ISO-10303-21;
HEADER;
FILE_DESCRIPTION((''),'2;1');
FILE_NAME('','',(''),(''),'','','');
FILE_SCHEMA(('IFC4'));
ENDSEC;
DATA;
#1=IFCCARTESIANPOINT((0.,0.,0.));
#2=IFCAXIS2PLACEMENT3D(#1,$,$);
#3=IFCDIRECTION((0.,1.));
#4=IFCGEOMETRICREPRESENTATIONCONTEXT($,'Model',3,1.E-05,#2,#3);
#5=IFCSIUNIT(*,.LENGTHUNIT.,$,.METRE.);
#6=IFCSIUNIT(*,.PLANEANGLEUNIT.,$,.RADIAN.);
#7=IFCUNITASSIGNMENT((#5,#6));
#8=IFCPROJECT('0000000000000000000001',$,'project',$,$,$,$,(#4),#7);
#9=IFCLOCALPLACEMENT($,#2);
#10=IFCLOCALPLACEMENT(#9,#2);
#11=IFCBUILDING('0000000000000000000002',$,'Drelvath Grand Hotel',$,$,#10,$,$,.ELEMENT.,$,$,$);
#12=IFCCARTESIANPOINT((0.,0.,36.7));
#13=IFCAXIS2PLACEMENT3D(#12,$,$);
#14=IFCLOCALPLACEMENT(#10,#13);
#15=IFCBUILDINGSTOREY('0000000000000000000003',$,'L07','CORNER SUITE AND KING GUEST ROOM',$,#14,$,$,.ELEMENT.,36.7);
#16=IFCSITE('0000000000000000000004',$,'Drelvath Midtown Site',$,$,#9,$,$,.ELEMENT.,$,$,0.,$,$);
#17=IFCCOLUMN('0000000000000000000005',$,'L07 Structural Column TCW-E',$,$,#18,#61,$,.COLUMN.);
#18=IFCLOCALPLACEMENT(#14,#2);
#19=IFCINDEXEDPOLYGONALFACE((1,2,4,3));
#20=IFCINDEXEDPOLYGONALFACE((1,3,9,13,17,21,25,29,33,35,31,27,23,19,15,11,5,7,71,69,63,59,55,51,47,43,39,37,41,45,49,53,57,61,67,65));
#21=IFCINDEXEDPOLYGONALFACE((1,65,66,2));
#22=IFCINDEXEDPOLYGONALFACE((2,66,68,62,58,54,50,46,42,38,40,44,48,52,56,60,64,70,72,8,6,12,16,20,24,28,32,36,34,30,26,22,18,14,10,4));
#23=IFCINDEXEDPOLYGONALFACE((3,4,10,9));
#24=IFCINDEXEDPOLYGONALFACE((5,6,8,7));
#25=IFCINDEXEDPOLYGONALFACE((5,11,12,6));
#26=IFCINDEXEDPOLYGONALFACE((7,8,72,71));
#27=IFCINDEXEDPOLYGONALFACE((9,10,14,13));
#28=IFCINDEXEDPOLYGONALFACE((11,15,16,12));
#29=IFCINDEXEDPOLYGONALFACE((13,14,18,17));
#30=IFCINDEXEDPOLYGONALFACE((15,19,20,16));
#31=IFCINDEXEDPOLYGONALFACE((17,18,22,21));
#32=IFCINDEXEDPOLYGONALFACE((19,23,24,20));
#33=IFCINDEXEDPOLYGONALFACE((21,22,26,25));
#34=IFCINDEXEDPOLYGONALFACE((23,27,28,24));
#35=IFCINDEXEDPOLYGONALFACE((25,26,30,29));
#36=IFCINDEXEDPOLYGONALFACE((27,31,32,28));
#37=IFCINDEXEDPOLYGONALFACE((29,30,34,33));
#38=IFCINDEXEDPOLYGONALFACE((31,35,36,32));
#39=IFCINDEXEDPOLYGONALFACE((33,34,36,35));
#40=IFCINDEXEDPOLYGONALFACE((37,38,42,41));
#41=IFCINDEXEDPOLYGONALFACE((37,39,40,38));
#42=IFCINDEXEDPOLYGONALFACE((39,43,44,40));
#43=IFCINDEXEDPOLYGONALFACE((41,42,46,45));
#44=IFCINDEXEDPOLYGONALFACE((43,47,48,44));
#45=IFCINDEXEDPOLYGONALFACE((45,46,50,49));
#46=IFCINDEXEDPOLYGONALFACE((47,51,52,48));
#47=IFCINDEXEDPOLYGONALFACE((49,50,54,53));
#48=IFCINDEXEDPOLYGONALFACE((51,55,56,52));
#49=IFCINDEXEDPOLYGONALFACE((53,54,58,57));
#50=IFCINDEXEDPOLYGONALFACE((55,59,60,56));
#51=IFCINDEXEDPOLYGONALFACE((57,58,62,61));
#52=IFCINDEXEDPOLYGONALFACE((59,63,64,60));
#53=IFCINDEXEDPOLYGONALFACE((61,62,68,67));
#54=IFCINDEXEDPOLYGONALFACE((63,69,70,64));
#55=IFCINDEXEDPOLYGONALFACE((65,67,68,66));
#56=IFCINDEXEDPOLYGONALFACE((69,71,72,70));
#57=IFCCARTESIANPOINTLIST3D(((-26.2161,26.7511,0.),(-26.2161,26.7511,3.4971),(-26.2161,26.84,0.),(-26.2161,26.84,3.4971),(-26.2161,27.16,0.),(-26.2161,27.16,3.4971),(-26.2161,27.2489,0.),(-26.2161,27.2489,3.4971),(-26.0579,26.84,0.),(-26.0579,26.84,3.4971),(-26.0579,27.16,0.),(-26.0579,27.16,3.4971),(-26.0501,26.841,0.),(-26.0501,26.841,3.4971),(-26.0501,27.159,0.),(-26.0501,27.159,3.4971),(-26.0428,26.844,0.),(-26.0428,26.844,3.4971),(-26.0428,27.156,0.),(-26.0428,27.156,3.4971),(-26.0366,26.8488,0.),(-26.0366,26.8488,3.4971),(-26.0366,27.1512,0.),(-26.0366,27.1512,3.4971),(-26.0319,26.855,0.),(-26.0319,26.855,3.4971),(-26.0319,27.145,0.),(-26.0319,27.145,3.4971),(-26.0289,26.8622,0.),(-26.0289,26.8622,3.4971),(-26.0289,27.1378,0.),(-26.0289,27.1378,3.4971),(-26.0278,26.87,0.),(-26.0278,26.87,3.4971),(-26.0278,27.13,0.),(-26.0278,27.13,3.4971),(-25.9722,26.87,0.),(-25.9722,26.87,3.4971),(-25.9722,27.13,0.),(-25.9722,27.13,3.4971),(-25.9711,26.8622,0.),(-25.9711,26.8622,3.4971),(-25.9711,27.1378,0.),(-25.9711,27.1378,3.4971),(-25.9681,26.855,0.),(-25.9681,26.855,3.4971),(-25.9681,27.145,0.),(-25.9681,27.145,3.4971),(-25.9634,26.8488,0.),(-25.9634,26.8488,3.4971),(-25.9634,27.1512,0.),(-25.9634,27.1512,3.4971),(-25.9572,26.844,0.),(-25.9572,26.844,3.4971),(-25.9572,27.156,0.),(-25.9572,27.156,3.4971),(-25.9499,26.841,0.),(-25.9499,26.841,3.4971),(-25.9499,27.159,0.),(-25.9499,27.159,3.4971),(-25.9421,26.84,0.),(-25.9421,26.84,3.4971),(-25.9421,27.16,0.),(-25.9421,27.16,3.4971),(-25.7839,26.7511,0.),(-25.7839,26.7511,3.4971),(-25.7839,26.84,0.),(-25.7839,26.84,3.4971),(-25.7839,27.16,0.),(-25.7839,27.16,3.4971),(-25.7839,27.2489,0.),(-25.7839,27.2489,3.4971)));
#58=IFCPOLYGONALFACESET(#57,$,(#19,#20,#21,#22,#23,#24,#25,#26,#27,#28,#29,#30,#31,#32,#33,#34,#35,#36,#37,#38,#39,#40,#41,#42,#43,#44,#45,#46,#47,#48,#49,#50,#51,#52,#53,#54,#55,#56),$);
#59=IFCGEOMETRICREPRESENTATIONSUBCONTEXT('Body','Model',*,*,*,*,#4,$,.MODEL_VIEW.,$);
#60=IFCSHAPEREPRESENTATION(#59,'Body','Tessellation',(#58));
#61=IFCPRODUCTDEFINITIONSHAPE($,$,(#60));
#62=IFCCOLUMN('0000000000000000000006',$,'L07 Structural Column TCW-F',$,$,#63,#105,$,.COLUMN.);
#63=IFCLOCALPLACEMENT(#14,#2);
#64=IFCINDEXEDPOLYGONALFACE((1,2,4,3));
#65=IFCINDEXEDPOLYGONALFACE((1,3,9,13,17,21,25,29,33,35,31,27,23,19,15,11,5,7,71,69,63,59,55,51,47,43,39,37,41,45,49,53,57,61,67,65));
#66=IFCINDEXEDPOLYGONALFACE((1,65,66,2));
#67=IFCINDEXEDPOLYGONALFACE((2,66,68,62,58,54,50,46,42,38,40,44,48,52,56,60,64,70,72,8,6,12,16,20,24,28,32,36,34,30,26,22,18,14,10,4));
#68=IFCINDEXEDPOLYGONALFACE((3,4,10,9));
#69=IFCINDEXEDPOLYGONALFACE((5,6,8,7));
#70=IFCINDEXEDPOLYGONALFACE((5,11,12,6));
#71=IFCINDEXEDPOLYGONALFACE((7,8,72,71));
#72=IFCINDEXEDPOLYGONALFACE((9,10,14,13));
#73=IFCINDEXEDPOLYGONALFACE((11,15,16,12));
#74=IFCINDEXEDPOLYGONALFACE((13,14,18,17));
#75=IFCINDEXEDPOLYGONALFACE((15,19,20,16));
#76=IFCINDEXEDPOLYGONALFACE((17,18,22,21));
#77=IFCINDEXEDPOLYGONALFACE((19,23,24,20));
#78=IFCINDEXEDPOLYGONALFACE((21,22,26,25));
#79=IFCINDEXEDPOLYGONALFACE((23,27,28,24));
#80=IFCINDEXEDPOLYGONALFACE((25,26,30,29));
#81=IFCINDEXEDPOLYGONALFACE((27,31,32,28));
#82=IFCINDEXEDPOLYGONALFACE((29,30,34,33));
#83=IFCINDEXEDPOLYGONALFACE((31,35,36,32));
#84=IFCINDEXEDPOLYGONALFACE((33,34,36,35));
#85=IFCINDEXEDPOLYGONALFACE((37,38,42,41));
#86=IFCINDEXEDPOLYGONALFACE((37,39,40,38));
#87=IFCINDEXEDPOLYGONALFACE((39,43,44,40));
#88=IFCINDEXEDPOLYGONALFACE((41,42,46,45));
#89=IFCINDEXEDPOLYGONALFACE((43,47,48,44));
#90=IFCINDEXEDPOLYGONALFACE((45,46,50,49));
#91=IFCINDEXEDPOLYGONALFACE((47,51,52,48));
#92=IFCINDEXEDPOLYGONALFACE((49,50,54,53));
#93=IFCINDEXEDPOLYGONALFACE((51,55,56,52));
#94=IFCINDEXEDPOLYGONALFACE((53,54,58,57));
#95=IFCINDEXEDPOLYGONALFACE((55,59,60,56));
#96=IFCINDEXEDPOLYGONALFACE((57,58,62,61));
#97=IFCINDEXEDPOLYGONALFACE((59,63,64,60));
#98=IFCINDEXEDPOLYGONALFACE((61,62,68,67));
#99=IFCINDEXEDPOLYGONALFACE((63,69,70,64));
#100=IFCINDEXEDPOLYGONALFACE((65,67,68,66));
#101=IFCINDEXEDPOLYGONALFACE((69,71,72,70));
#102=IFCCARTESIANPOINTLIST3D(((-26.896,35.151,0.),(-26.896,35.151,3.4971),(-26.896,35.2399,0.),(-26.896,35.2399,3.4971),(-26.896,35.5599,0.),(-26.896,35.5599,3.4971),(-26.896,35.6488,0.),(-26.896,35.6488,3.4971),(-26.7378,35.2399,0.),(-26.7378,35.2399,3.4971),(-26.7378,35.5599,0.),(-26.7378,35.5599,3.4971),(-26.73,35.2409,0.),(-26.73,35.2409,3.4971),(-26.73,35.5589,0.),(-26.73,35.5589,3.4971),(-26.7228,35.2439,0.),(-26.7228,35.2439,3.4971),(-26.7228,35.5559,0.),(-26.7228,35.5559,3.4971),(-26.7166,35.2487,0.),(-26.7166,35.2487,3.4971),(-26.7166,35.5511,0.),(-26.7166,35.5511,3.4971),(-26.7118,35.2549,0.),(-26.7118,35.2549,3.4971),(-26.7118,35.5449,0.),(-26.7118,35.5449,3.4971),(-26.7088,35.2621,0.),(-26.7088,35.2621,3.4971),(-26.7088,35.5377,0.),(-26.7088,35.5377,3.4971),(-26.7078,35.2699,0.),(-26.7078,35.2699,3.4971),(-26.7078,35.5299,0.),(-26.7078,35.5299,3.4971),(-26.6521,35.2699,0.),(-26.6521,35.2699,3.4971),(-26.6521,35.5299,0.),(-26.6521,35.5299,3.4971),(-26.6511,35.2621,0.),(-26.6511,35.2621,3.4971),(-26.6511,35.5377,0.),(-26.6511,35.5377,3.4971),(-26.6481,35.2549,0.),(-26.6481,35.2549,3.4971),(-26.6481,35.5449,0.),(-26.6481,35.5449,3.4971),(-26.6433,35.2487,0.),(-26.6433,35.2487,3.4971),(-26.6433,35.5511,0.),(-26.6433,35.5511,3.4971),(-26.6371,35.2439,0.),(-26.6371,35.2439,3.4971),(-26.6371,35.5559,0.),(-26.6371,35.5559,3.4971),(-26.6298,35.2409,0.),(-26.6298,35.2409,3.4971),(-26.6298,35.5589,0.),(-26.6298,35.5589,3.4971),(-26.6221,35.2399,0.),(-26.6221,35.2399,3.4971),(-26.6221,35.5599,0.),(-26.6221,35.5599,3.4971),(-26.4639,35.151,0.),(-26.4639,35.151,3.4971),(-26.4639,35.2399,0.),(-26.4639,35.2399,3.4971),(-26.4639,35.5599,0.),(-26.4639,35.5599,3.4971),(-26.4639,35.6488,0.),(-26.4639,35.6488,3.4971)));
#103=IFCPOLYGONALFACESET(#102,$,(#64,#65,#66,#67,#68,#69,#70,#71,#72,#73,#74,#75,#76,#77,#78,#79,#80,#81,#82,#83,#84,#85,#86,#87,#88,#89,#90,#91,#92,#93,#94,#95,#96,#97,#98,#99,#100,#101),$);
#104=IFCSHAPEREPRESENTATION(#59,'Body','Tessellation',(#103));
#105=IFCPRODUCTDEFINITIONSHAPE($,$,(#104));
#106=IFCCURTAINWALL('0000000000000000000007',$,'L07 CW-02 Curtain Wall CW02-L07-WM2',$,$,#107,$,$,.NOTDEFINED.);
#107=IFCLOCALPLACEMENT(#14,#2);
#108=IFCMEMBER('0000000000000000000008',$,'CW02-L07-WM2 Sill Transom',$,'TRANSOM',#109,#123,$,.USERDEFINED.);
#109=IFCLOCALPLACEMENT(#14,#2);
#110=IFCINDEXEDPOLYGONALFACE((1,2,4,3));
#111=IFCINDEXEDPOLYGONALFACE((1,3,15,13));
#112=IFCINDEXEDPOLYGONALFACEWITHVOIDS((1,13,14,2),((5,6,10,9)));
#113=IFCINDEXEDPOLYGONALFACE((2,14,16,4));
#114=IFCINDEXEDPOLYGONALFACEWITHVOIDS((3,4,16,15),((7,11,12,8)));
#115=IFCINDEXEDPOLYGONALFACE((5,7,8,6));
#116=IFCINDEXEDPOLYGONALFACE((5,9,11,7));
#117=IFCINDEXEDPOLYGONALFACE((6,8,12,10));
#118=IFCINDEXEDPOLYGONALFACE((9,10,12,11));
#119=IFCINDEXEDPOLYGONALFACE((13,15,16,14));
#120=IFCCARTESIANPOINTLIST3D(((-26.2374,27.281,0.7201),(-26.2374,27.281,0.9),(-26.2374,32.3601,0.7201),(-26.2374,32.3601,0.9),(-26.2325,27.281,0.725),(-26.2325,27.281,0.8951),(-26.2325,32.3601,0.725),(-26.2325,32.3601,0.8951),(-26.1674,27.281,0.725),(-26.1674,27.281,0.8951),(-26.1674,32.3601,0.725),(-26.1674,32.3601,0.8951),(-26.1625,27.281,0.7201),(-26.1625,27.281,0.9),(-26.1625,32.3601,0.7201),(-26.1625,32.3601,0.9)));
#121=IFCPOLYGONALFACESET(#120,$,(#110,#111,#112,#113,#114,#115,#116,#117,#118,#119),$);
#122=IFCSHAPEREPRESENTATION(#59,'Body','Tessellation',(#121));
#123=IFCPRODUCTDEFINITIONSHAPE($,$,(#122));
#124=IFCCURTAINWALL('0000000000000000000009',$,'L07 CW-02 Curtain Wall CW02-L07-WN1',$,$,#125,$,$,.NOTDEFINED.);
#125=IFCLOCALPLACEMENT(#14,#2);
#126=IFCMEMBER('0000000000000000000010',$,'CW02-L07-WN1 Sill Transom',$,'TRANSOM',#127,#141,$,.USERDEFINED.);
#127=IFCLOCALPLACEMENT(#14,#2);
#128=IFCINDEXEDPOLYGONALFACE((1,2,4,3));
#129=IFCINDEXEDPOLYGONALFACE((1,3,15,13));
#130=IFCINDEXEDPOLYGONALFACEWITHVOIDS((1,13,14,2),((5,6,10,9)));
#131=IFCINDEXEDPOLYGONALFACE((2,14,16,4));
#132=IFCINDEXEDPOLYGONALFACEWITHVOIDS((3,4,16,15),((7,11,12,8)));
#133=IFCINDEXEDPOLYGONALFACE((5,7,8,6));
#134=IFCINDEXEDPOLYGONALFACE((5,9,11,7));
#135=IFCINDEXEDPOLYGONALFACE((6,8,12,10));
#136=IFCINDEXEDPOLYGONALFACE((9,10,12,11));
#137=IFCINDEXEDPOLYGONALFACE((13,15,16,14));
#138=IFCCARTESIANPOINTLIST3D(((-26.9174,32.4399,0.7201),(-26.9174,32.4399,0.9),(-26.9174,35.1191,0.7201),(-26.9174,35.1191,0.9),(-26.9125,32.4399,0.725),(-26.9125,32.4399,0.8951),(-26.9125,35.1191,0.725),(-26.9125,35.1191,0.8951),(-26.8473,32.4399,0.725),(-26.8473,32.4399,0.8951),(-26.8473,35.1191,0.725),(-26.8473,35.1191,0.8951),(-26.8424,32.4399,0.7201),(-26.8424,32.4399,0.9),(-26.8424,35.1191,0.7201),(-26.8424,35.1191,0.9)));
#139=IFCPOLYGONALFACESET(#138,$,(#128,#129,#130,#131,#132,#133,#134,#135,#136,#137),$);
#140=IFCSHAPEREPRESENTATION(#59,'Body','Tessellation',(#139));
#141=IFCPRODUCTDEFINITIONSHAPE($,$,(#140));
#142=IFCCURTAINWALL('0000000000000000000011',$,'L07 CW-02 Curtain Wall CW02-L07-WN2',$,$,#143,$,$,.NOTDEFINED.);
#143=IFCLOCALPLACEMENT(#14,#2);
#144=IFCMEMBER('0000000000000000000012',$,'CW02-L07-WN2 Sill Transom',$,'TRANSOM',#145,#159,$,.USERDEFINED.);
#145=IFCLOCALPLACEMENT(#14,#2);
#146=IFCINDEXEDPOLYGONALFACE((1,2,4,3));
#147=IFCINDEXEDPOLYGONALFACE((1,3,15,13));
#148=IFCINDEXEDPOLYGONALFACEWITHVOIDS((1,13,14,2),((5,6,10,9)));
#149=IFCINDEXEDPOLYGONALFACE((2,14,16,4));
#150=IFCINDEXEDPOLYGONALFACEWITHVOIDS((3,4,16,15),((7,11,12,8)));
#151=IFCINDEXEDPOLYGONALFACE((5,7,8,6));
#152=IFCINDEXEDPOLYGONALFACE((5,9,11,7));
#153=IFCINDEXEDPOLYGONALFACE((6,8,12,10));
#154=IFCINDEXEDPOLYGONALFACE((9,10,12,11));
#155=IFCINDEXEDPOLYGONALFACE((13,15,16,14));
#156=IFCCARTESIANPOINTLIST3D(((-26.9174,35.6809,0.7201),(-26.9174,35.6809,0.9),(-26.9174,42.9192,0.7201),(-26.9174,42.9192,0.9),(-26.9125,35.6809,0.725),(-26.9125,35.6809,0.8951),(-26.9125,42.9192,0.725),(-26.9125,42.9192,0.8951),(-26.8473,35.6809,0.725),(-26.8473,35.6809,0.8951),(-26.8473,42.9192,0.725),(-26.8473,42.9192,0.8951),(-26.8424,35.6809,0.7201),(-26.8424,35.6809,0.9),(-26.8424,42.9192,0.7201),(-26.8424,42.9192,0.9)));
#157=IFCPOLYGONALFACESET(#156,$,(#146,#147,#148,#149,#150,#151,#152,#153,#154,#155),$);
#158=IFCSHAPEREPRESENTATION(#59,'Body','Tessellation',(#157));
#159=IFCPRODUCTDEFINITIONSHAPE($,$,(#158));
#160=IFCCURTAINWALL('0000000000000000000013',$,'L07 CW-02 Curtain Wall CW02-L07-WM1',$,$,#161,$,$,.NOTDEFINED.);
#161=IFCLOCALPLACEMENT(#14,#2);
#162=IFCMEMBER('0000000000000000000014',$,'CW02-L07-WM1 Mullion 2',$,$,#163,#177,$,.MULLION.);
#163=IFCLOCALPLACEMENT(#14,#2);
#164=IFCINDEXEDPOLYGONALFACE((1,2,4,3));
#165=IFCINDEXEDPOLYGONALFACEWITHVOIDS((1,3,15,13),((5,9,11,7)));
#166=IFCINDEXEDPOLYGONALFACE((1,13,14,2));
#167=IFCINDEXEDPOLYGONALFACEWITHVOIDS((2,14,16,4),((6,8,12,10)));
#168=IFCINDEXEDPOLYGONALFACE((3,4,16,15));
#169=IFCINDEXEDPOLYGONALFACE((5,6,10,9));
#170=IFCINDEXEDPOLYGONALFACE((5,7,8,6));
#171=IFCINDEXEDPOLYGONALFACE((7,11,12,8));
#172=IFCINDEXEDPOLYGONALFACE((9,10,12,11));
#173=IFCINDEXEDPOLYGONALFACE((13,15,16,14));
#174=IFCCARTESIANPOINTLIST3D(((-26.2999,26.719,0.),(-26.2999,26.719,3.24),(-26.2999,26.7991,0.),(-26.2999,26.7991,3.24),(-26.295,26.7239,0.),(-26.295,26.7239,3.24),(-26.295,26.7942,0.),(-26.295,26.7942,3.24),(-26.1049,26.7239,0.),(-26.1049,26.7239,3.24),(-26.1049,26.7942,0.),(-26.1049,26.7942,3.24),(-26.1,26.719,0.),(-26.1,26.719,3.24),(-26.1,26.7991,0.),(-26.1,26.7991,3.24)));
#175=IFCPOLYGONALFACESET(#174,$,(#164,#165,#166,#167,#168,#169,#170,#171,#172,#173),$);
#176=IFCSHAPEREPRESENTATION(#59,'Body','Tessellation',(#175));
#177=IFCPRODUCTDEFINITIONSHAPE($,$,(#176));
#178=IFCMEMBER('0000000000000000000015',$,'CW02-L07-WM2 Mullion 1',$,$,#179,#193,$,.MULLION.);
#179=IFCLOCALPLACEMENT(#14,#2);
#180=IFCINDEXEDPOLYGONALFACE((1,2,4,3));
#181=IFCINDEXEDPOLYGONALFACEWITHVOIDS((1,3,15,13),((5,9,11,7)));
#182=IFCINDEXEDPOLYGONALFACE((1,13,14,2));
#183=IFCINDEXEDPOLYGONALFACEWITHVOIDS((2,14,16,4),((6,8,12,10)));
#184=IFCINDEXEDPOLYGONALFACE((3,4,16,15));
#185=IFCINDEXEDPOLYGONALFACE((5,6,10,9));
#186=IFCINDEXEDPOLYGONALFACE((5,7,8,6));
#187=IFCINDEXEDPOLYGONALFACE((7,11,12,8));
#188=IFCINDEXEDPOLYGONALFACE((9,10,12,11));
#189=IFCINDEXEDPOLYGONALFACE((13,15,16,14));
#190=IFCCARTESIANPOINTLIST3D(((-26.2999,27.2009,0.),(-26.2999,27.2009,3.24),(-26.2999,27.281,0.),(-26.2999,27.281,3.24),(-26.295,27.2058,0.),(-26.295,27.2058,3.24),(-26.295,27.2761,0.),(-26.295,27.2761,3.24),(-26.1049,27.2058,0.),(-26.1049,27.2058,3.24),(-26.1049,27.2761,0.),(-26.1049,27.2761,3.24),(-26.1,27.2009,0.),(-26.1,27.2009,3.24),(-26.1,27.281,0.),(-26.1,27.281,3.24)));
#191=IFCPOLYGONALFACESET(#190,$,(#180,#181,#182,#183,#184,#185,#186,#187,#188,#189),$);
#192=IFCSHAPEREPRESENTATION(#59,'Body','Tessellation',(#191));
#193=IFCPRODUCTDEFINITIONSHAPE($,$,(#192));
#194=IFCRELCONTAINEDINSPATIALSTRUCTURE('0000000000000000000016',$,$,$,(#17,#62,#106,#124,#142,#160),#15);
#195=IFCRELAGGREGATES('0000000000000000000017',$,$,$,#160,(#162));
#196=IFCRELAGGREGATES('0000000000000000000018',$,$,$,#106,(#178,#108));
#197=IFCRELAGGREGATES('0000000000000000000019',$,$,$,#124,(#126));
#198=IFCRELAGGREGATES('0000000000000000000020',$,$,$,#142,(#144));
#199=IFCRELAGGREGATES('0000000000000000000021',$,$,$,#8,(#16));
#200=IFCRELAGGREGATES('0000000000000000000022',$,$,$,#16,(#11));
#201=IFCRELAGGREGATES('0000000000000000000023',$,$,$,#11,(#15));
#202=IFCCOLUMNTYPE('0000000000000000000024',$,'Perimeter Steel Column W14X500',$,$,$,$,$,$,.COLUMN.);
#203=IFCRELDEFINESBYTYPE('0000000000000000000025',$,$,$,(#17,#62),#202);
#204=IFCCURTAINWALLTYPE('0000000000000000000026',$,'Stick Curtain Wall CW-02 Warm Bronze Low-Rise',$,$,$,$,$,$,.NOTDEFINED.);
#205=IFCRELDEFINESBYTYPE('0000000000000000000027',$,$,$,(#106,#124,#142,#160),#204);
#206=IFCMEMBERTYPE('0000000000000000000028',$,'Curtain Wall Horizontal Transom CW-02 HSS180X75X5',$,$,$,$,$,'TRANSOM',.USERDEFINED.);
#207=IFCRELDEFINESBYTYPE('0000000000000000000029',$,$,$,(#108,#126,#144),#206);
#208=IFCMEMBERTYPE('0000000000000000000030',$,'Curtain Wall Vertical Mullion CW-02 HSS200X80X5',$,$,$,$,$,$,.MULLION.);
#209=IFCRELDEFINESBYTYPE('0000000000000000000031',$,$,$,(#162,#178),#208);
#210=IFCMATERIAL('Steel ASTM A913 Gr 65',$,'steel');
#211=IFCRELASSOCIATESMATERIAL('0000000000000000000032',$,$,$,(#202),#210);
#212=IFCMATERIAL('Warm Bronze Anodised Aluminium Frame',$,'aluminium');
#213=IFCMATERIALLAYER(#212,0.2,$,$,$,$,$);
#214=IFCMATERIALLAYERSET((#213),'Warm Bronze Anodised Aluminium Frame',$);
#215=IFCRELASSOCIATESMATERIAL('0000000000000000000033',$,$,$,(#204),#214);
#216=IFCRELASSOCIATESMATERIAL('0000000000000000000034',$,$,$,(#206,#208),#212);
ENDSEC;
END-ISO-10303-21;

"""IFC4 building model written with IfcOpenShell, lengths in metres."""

from ifc_helpers import new_model, si_unit, direction, frame, origin, origin_2d, place, context, subcontext, project, spatial, hollow_rectangle, i_section, extrude, material, layer, layer_set, material_profile, profile_set, type_object, element, aggregate, save


model = new_model("IFC4")

# Units and contexts
model_context = context("Model", 3, precision=1e-05, world=origin(), true_north=direction((0.0, 1.0)))
body_context = subcontext(model_context, "Body", "Model", "MODEL_VIEW")
ifc_project = project(units=[si_unit("LENGTHUNIT", "METRE"), si_unit("PLANEANGLEUNIT", "RADIAN")], contexts=[model_context])

# Site, building, storey
site_placement = place(None, origin())
site = spatial("IfcSite", under=ifc_project, at=site_placement, Name="Drelvath Midtown Site", CompositionType="ELEMENT", RefElevation=0.0)
building_placement = place(site_placement, origin())
building = spatial("IfcBuilding", under=site, at=building_placement, Name="Drelvath Grand Hotel", CompositionType="ELEMENT")
storey_placement = place(building_placement, frame((0.0, 0.0, 36.7)))
storey = spatial("IfcBuildingStorey", under=building, at=storey_placement, Name="L07", Description="CORNER SUITE AND KING GUEST ROOM", CompositionType="ELEMENT", Elevation=36.7)

# Columns
ifc_material_1 = material(Name="Steel ASTM A913 Gr 65", Category="steel")
ifc_material_profile_1 = material_profile(ifc_material_1, i_section(OverallWidth=0.4321, OverallDepth=0.4978, WebThickness=0.0557, FlangeThickness=0.0889, FilletRadius=0.03, at=origin_2d()), Name="W14X500")
ifc_profile_set_1 = profile_set([ifc_material_profile_1], Name="Steel ASTM A913 Gr 65")
column_type = type_object("IfcColumnType", Name="Perimeter Steel Column W14X500", PredefinedType="COLUMN", material=ifc_profile_set_1)
for number, where, z_axis, x_axis, name in (
    (1, (-26.0, 27.0, 0.0), (0.0, 0.0, 1.0), (1.0, 0.0, 0.0), "L07 Structural Column TCW-E"),
    (2, (-26.6799, 35.3999, 0.0), (0.0, 0.0, 1.0), (1.0, 0.0, 0.0), "L07 Structural Column TCW-F"),
):
    element("IfcColumn", number, at=place(storey_placement, frame(where, z_axis=z_axis, x_axis=x_axis)), inside=storey, type_object=column_type, Name=name, PredefinedType="COLUMN", context=body_context, shape_type="SweptSolid", body=[
        extrude(i_section(OverallWidth=0.4321, OverallDepth=0.4978, WebThickness=0.0557, FlangeThickness=0.0889, FilletRadius=0.03, at=origin_2d()), origin(), (0.0, 0.0, 1.0), 3.4971),
    ])

# Curtain walls, members
ifc_material_2 = material(Name="Warm Bronze Anodised Aluminium Frame", Category="aluminium")
ifc_layer_1 = layer(ifc_material_2, 0.2)
ifc_layer_set_1 = layer_set([ifc_layer_1], Name="Warm Bronze Anodised Aluminium Frame")
curtain_wall_type = type_object("IfcCurtainWallType", Name="Stick Curtain Wall CW-02 Warm Bronze Low-Rise", PredefinedType="NOTDEFINED", material=ifc_layer_set_1)
curtain_wall_1_placement = place(storey_placement, origin())
curtain_wall_1 = element("IfcCurtainWall", 3, at=curtain_wall_1_placement, inside=storey, type_object=curtain_wall_type, Name="L07 CW-02 Curtain Wall CW02-L07-WM2", PredefinedType="NOTDEFINED")
ifc_material_profile_2 = material_profile(ifc_material_2, hollow_rectangle(XDim=0.075, YDim=0.1799, WallThickness=0.0049, at=origin_2d()), Name="HSS180X75X5")
ifc_profile_set_2 = profile_set([ifc_material_profile_2], Name="Warm Bronze Anodised Aluminium Frame")
member_type_1 = type_object("IfcMemberType", Name="Curtain Wall Horizontal Transom CW-02 HSS180X75X5", ElementType="TRANSOM", PredefinedType="USERDEFINED", material=ifc_profile_set_2)
member_1_placement = place(storey_placement, frame((-26.2, 27.281, 0.8101), z_axis=(0.0, 1.0, 0.0), x_axis=(-1.0, 0.0, 0.0)))
member_1 = element("IfcMember", 4, at=member_1_placement, type_object=member_type_1, Name="CW02-L07-WM2 Sill Transom", ObjectType="TRANSOM", PredefinedType="USERDEFINED", context=body_context, shape_type="SweptSolid", body=[
    extrude(hollow_rectangle(XDim=0.075, YDim=0.1799, WallThickness=0.0049, at=origin_2d()), origin(), (0.0, 0.0, 1.0), 5.0791),
])
curtain_wall_2_placement = place(storey_placement, origin())
curtain_wall_2 = element("IfcCurtainWall", 5, at=curtain_wall_2_placement, inside=storey, type_object=curtain_wall_type, Name="L07 CW-02 Curtain Wall CW02-L07-WN1", PredefinedType="NOTDEFINED")
member_2_placement = place(storey_placement, frame((-26.8799, 32.4399, 0.8101), z_axis=(0.0, 1.0, 0.0), x_axis=(-1.0, 0.0, 0.0)))
member_2 = element("IfcMember", 6, at=member_2_placement, type_object=member_type_1, Name="CW02-L07-WN1 Sill Transom", ObjectType="TRANSOM", PredefinedType="USERDEFINED", context=body_context, shape_type="SweptSolid", body=[
    extrude(hollow_rectangle(XDim=0.075, YDim=0.1799, WallThickness=0.0049, at=origin_2d()), origin(), (0.0, 0.0, 1.0), 2.6792),
])
curtain_wall_3_placement = place(storey_placement, origin())
curtain_wall_3 = element("IfcCurtainWall", 7, at=curtain_wall_3_placement, inside=storey, type_object=curtain_wall_type, Name="L07 CW-02 Curtain Wall CW02-L07-WN2", PredefinedType="NOTDEFINED")
member_3_placement = place(storey_placement, frame((-26.8799, 35.6809, 0.8101), z_axis=(0.0, 1.0, 0.0), x_axis=(-1.0, 0.0, 0.0)))
member_3 = element("IfcMember", 8, at=member_3_placement, type_object=member_type_1, Name="CW02-L07-WN2 Sill Transom", ObjectType="TRANSOM", PredefinedType="USERDEFINED", context=body_context, shape_type="SweptSolid", body=[
    extrude(hollow_rectangle(XDim=0.075, YDim=0.1799, WallThickness=0.0049, at=origin_2d()), origin(), (0.0, 0.0, 1.0), 7.2383),
])
curtain_wall_4_placement = place(storey_placement, origin())
curtain_wall_4 = element("IfcCurtainWall", 9, at=curtain_wall_4_placement, inside=storey, type_object=curtain_wall_type, Name="L07 CW-02 Curtain Wall CW02-L07-WM1", PredefinedType="NOTDEFINED")
ifc_material_profile_3 = material_profile(ifc_material_2, hollow_rectangle(XDim=0.0801, YDim=0.2, WallThickness=0.0049, at=origin_2d()), Name="HSS200X80X5")
ifc_profile_set_3 = profile_set([ifc_material_profile_3], Name="Warm Bronze Anodised Aluminium Frame")
member_type_2 = type_object("IfcMemberType", Name="Curtain Wall Vertical Mullion CW-02 HSS200X80X5", PredefinedType="MULLION", material=ifc_profile_set_3)
member_4_placement = place(storey_placement, frame((-26.2, 26.759, 0.0), z_axis=(0.0, 0.0, 1.0), x_axis=(0.0, 1.0, 0.0)))
member_4 = element("IfcMember", 10, at=member_4_placement, type_object=member_type_2, Name="CW02-L07-WM1 Mullion 2", PredefinedType="MULLION", context=body_context, shape_type="SweptSolid", body=[
    extrude(hollow_rectangle(XDim=0.0801, YDim=0.2, WallThickness=0.0049, at=origin_2d()), origin(), (0.0, 0.0, 1.0), 3.24),
])
aggregate(curtain_wall_4, [member_4])

# Member
member_5_placement = place(storey_placement, frame((-26.2, 27.241, 0.0), z_axis=(0.0, 0.0, 1.0), x_axis=(0.0, 1.0, 0.0)))
member_5 = element("IfcMember", 11, at=member_5_placement, type_object=member_type_2, Name="CW02-L07-WM2 Mullion 1", PredefinedType="MULLION", context=body_context, shape_type="SweptSolid", body=[
    extrude(hollow_rectangle(XDim=0.0801, YDim=0.2, WallThickness=0.0049, at=origin_2d()), origin(), (0.0, 0.0, 1.0), 3.24),
])

aggregate(curtain_wall_1, [member_5, member_1])
aggregate(curtain_wall_2, [member_2])
aggregate(curtain_wall_3, [member_3])

save(model, "model.ifc")
